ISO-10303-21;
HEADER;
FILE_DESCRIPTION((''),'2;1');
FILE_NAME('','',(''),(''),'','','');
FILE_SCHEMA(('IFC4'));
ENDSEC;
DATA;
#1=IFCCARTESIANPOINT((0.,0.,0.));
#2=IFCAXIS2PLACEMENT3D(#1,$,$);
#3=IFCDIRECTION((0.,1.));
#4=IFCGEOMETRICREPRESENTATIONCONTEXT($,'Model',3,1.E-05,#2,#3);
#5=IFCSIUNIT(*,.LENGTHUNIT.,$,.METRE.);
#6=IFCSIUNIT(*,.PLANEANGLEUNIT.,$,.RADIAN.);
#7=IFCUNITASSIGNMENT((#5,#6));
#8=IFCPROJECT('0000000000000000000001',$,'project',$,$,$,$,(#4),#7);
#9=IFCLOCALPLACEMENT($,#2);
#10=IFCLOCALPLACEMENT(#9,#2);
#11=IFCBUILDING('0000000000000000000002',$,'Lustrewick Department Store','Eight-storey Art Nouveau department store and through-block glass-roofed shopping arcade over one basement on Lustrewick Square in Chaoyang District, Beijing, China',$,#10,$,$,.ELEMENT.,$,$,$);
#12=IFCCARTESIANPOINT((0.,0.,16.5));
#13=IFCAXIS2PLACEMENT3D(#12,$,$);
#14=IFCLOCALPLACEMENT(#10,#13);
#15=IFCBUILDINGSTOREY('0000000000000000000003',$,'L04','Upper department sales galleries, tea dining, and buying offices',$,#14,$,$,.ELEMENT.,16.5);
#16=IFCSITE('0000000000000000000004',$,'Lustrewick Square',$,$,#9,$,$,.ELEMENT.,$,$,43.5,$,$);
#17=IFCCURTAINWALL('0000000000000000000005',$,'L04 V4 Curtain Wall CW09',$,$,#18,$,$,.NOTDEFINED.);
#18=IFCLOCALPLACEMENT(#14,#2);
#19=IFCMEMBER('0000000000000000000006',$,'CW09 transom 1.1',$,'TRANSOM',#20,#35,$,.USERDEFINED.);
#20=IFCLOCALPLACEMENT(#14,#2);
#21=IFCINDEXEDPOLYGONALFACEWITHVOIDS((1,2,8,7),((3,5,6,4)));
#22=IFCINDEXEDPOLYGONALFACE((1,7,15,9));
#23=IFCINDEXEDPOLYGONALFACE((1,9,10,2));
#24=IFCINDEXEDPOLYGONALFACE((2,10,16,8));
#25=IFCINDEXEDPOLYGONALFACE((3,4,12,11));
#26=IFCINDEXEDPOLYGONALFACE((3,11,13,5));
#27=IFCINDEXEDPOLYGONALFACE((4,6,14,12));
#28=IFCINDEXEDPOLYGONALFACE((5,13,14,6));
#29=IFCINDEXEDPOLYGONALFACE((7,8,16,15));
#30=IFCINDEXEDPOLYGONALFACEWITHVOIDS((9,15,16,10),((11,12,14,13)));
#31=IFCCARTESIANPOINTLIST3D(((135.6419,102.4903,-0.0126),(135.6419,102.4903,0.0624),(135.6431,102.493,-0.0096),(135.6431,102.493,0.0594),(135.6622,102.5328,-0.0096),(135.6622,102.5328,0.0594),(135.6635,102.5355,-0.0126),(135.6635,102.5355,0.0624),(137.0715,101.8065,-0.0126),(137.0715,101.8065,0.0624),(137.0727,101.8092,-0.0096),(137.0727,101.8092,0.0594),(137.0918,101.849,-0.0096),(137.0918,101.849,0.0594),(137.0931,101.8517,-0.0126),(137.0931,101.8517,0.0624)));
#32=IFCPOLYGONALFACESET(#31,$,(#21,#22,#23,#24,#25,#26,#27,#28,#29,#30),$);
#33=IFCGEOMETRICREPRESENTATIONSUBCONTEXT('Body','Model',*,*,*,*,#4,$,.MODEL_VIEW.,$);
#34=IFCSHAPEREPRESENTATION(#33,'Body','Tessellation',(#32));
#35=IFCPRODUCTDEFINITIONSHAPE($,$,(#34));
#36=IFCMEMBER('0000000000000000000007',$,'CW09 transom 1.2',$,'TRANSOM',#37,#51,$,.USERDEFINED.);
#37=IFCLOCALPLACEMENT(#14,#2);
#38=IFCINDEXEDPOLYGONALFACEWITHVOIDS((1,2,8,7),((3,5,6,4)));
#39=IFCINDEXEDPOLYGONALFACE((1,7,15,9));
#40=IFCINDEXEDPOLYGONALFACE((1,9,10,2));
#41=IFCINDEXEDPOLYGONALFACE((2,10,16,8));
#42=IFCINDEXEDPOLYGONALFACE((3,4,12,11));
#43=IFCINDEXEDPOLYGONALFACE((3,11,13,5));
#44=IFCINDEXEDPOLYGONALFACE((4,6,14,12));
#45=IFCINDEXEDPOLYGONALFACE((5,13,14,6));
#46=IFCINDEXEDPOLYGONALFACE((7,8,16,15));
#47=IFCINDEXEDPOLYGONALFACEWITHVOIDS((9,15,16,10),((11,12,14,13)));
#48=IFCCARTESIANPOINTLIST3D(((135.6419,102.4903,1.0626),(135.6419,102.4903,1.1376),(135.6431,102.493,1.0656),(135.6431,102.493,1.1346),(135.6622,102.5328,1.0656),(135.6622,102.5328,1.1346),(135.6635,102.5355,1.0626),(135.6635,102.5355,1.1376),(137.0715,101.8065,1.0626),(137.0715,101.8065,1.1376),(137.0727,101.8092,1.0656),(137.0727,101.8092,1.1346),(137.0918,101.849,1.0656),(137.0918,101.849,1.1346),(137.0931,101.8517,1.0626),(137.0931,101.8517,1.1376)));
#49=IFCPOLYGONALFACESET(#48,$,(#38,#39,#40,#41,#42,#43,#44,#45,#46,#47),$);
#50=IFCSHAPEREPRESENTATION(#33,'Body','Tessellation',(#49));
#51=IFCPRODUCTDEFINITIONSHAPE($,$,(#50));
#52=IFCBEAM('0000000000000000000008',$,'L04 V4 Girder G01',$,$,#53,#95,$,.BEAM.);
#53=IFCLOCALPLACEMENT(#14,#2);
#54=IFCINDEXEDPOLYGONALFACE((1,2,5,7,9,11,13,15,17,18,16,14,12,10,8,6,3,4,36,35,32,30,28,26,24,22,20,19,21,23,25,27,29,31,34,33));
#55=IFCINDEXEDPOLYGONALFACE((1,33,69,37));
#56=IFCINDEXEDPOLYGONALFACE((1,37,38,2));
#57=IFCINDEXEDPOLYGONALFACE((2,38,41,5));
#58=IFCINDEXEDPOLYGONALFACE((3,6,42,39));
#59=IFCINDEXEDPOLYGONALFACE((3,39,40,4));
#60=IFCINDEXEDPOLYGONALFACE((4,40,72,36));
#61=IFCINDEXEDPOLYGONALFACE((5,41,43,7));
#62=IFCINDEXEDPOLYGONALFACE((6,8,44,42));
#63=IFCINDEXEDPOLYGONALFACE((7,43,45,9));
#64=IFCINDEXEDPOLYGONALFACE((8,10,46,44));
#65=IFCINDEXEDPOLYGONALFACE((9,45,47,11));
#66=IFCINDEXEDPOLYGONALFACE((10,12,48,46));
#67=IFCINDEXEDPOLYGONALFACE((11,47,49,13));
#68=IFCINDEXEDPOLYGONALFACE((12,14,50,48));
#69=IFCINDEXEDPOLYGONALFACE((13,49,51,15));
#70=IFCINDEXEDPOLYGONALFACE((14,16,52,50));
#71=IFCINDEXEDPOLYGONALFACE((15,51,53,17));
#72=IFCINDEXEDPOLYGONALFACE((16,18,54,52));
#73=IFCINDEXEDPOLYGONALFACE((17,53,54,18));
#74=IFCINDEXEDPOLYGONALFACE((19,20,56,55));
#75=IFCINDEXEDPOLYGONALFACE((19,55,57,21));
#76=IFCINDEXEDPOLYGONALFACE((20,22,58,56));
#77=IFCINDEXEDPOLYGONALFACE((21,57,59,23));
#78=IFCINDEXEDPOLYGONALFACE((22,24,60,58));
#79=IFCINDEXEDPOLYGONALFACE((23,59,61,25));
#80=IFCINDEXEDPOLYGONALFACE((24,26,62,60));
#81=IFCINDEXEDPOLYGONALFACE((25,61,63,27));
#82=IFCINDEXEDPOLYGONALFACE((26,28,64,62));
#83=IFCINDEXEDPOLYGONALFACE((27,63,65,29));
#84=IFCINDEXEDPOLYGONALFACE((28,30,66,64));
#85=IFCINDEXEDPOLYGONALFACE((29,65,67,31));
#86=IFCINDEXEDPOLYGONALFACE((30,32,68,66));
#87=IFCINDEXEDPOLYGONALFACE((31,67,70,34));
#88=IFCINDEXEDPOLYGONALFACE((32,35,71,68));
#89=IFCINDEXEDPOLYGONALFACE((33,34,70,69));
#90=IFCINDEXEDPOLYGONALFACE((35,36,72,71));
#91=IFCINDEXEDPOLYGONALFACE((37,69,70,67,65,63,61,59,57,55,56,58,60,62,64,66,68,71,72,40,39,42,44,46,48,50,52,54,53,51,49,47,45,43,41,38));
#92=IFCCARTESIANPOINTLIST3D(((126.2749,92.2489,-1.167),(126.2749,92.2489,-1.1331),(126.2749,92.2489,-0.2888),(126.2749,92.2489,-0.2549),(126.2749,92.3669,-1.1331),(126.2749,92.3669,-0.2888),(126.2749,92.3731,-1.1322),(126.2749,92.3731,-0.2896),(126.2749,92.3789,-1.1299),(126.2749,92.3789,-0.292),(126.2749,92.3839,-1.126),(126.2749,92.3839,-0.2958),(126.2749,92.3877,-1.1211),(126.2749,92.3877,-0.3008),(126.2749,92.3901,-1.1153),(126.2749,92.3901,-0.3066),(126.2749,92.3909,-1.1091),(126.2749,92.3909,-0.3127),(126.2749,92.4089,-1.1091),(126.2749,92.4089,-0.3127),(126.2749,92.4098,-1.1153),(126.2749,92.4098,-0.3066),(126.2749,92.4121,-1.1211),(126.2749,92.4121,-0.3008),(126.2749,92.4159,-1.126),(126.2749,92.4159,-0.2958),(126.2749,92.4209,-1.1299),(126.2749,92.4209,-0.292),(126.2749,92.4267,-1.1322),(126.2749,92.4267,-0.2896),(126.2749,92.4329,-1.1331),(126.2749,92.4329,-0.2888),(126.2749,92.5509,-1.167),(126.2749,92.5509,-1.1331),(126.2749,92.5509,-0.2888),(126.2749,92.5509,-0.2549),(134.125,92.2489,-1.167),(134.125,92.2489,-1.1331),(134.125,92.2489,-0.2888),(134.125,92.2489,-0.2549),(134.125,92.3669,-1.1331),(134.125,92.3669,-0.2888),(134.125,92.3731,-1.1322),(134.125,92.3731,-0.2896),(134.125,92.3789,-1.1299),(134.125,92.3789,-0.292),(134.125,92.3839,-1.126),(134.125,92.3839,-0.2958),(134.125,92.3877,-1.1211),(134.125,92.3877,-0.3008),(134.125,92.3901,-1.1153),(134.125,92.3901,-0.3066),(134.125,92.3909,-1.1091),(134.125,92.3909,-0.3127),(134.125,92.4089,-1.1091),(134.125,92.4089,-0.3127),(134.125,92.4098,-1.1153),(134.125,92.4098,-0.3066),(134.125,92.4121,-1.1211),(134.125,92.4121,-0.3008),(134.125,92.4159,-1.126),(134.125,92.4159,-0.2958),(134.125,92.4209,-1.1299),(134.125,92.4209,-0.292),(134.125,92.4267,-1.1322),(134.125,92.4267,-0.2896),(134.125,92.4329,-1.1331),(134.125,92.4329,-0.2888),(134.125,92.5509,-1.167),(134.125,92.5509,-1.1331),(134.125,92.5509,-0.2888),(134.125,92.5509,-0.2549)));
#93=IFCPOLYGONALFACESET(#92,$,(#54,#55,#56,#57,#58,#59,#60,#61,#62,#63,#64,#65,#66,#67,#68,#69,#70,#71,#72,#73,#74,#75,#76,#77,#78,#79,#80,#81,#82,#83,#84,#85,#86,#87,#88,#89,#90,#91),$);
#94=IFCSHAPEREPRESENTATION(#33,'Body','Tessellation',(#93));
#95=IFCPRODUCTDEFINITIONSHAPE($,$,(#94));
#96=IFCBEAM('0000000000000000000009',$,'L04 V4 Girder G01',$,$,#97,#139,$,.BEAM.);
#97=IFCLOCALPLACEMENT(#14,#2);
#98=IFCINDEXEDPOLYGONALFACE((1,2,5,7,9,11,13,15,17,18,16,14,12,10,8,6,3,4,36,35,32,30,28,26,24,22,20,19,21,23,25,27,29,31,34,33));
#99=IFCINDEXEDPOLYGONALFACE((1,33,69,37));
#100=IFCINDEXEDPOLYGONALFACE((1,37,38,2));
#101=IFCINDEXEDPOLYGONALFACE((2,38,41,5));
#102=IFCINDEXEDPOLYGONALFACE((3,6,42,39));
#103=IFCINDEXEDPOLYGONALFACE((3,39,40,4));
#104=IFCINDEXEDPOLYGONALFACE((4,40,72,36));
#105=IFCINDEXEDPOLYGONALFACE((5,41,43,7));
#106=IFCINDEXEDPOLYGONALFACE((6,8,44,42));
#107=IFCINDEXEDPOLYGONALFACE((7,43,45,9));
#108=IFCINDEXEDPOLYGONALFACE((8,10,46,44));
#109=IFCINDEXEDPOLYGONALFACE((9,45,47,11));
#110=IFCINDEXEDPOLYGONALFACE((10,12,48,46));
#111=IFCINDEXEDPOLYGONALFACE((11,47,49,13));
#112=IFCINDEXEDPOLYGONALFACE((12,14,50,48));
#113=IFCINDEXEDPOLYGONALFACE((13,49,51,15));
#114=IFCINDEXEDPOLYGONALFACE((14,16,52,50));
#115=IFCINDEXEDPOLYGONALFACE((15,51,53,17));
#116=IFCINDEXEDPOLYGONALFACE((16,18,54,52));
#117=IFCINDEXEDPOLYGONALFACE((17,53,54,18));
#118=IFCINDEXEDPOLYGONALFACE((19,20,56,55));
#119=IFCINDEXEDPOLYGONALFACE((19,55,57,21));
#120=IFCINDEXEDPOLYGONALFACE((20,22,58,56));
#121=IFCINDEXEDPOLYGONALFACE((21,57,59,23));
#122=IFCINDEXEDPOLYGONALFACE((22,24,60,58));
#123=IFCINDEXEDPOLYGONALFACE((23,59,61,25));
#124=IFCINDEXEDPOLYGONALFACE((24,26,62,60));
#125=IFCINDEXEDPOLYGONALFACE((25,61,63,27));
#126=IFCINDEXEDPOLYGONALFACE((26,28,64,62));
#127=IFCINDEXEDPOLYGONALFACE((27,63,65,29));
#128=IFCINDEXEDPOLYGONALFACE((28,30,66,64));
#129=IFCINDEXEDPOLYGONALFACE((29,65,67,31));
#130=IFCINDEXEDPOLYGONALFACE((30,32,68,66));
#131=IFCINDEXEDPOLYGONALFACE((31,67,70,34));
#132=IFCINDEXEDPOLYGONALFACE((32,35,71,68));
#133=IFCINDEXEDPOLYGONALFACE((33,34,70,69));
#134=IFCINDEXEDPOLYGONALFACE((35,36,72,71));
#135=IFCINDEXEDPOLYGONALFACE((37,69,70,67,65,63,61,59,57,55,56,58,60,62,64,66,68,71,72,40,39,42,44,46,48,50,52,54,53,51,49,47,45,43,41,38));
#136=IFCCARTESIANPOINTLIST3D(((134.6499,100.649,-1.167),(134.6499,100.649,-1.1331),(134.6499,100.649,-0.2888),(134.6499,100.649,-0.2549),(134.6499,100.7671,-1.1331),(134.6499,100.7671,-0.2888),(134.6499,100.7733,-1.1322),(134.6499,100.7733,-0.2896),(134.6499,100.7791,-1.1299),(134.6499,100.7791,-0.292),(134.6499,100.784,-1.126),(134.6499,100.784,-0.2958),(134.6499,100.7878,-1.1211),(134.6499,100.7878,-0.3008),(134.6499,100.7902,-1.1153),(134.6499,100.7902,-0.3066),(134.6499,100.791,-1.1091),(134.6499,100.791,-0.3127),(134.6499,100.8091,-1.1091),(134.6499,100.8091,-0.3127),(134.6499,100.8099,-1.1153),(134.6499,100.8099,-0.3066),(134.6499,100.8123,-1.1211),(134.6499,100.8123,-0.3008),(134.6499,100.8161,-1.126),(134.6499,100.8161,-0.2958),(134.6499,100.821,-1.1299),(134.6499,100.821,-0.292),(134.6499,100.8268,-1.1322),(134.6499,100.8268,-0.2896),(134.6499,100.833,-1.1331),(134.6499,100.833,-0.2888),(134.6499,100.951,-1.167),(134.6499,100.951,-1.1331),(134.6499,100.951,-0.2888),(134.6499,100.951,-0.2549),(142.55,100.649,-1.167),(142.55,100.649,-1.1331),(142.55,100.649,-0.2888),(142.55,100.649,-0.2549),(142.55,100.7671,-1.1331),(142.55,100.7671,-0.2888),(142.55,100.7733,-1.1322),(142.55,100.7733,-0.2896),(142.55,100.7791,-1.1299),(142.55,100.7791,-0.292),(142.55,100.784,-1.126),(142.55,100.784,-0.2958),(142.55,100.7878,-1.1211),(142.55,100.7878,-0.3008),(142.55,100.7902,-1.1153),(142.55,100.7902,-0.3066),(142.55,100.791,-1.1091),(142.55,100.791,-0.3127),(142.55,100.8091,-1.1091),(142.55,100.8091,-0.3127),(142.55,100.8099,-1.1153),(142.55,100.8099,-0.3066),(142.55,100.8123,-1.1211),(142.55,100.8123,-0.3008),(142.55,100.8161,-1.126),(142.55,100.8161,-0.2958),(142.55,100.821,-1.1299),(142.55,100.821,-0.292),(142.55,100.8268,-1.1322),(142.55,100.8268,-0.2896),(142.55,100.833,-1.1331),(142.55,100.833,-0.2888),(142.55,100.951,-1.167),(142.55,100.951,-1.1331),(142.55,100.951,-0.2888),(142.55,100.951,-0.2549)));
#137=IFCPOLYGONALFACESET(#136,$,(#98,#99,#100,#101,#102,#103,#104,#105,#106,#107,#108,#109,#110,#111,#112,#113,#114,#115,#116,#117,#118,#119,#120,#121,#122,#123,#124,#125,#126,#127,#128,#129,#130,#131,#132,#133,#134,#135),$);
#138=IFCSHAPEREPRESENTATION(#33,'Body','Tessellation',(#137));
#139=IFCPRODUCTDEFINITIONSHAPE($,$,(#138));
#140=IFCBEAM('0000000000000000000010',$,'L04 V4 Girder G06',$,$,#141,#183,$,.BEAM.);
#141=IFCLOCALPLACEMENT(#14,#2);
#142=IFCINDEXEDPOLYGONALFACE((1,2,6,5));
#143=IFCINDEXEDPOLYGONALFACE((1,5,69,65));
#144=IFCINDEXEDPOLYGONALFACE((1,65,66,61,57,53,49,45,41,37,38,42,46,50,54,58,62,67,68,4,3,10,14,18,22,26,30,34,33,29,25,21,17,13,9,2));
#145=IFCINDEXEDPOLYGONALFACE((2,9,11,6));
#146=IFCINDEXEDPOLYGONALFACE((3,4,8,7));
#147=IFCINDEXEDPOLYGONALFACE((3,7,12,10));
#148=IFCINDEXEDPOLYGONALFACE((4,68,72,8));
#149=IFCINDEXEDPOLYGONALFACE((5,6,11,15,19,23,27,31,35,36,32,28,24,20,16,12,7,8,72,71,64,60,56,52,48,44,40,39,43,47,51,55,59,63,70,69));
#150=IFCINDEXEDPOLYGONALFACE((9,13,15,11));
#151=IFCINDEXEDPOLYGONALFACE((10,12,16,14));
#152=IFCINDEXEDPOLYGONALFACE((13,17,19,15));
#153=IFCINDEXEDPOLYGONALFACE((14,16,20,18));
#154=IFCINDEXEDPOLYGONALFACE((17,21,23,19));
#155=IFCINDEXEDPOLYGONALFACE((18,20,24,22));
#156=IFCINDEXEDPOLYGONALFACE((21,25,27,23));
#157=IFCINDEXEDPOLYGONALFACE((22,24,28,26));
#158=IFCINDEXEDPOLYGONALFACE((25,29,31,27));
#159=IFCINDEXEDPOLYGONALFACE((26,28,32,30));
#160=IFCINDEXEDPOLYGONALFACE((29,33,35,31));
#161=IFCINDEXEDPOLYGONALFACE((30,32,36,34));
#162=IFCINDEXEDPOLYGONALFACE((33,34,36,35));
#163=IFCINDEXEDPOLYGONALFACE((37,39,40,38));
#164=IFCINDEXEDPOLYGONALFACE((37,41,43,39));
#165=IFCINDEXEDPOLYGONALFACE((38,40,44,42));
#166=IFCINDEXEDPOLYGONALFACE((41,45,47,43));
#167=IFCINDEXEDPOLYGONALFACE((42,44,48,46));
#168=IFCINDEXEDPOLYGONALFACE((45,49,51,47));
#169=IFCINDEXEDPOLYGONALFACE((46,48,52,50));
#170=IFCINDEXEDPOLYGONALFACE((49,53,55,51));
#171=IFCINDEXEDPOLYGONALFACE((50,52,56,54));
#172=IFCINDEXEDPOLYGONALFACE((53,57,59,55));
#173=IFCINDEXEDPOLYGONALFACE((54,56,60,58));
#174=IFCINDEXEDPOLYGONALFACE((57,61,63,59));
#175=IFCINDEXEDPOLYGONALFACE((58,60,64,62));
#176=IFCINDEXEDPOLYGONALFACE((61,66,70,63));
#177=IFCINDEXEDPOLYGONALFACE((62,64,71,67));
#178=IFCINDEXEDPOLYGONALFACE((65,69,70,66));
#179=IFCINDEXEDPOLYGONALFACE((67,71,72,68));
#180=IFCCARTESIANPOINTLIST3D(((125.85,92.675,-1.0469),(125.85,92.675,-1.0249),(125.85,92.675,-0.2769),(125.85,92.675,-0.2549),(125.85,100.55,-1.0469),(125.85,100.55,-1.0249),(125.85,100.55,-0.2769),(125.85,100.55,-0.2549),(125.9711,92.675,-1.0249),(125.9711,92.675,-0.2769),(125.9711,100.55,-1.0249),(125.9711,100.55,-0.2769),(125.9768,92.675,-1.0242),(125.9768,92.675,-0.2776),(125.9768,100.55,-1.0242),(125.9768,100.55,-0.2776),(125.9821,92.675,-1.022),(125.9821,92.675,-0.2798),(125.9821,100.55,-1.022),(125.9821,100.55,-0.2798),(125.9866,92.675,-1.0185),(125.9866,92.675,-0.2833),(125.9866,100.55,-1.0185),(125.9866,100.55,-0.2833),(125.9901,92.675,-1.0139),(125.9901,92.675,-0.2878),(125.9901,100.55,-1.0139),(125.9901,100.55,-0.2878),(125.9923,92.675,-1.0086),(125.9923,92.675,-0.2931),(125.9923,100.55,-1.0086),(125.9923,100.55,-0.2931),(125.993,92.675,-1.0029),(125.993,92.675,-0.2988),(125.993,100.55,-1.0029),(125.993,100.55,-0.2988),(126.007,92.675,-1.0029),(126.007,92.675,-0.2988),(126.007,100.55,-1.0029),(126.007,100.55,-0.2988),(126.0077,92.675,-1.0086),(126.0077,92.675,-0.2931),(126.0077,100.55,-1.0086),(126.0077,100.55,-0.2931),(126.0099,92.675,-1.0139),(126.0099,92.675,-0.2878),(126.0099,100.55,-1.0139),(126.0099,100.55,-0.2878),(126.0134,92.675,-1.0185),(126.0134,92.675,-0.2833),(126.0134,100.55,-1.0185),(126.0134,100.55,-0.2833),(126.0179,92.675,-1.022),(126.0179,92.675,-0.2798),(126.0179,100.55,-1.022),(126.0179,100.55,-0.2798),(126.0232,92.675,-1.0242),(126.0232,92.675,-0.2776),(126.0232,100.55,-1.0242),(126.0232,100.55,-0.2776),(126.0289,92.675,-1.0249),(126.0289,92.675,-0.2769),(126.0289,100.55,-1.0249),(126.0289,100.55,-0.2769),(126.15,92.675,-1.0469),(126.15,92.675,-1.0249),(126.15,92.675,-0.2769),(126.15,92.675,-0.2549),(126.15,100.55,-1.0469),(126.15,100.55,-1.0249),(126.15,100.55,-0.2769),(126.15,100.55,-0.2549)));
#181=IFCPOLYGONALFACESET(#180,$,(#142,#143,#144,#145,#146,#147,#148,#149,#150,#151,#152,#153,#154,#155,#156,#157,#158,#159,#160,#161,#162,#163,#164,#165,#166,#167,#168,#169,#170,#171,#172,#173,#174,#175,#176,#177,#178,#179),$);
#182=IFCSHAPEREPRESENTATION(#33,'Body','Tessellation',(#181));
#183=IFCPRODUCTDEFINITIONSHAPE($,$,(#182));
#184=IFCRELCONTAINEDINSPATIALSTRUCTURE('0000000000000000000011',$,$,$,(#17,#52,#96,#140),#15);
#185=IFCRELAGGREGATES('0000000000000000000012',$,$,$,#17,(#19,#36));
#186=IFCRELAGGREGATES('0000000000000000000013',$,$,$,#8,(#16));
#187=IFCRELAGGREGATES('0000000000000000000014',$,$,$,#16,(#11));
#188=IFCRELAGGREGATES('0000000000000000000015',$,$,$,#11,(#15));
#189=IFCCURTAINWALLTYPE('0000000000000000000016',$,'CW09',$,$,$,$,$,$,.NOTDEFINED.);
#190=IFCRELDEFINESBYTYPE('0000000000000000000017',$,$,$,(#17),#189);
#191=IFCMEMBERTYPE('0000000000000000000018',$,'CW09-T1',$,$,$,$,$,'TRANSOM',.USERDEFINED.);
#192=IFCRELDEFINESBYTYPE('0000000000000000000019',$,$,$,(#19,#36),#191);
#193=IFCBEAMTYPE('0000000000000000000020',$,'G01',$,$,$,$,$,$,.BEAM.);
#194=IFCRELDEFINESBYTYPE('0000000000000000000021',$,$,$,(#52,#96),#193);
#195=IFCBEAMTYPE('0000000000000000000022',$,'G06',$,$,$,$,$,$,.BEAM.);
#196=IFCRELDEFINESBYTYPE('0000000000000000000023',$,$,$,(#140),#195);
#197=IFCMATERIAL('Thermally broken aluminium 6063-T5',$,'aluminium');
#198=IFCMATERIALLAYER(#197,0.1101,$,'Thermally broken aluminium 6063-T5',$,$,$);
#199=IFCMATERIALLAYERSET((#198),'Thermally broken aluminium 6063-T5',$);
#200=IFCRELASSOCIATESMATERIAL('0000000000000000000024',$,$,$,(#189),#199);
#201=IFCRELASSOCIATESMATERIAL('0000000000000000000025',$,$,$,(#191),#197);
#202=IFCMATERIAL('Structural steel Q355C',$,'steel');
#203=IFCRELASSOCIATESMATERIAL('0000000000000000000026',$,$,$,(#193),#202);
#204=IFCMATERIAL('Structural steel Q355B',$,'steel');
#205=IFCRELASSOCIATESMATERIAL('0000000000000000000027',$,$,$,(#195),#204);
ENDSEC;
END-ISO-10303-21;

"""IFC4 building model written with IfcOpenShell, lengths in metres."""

from ifc_helpers import new_model, si_unit, direction, frame, origin, origin_2d, place, context, subcontext, project, spatial, hollow_rectangle, i_section, extrude, material, layer, layer_set, material_profile, profile_set, type_object, element, aggregate, save


model = new_model("IFC4")

# Units and contexts
model_context = context("Model", 3, precision=1e-05, world=origin(), true_north=direction((0.0, 1.0)))
body_context = subcontext(model_context, "Body", "Model", "MODEL_VIEW")
ifc_project = project(units=[si_unit("LENGTHUNIT", "METRE"), si_unit("PLANEANGLEUNIT", "RADIAN")], contexts=[model_context])

# Site, building, storey
site_placement = place(None, origin())
site = spatial("IfcSite", under=ifc_project, at=site_placement, Name="Lustrewick Square", CompositionType="ELEMENT", RefElevation=43.5)
building_placement = place(site_placement, origin())
building = spatial("IfcBuilding", under=site, at=building_placement, Name="Lustrewick Department Store", Description="Eight-storey Art Nouveau department store and through-block glass-roofed shopping arcade over one basement on Lustrewick Square in Chaoyang District, Beijing, China", CompositionType="ELEMENT")
storey_placement = place(building_placement, frame((0.0, 0.0, 16.5)))
storey = spatial("IfcBuildingStorey", under=building, at=storey_placement, Name="L04", Description="Upper department sales galleries, tea dining, and buying offices", CompositionType="ELEMENT", Elevation=16.5)

# Shared definitions
ifc_material_1 = material(Name="Structural steel Q355B", Category="steel")

# Shared definitions
ifc_material_2 = material(Name="Thermally broken aluminium 6063-T5", Category="aluminium")

# Curtain wall, members
ifc_layer_1 = layer(ifc_material_2, 0.1101, Name="Thermally broken aluminium 6063-T5")
ifc_layer_set_1 = layer_set([ifc_layer_1], Name="Thermally broken aluminium 6063-T5")
curtain_wall_type_1 = type_object("IfcCurtainWallType", Name="CW09", PredefinedType="NOTDEFINED", material=ifc_layer_set_1)
curtain_wall_1_placement = place(storey_placement, origin())
curtain_wall_1 = element("IfcCurtainWall", 1, at=curtain_wall_1_placement, inside=storey, type_object=curtain_wall_type_1, Name="L04 V4 Curtain Wall CW09", PredefinedType="NOTDEFINED")
ifc_material_profile_1 = material_profile(ifc_material_2, hollow_rectangle(XDim=0.05, YDim=0.075, WallThickness=0.0029, at=origin_2d()), Name="ALU-T 50x75x3")
ifc_profile_set_1 = profile_set([ifc_material_profile_1], Name="Thermally broken aluminium 6063-T5")
member_type_1 = type_object("IfcMemberType", Name="CW09-T1", ElementType="TRANSOM", PredefinedType="USERDEFINED", material=ifc_profile_set_1)
member_1_placement = place(storey_placement, frame((137.0823, 101.8291, 0.0249), z_axis=(-0.902116, 0.431494, 0.0), x_axis=(-0.431494, -0.902116, 0.0)))
member_1 = element("IfcMember", 2, at=member_1_placement, type_object=member_type_1, Name="CW09 transom 1.1", ObjectType="TRANSOM", PredefinedType="USERDEFINED", context=body_context, shape_type="SweptSolid", body=[
    extrude(hollow_rectangle(XDim=0.05, YDim=0.075, WallThickness=0.0029, at=origin_2d()), origin(), (0.0, 0.0, 1.0), 1.5847),
])
member_2_placement = place(storey_placement, frame((137.0823, 101.8291, 1.1001), z_axis=(-0.902116, 0.431494, 0.0), x_axis=(-0.431494, -0.902116, 0.0)))
member_2 = element("IfcMember", 3, at=member_2_placement, type_object=member_type_1, Name="CW09 transom 1.2", ObjectType="TRANSOM", PredefinedType="USERDEFINED", context=body_context, shape_type="SweptSolid", body=[
    extrude(hollow_rectangle(XDim=0.05, YDim=0.075, WallThickness=0.0029, at=origin_2d()), origin(), (0.0, 0.0, 1.0), 1.5847),
])
aggregate(curtain_wall_1, [member_1, member_2])

# Beams
ifc_material_3 = material(Name="Structural steel Q355C", Category="steel")
ifc_material_profile_2 = material_profile(ifc_material_3, i_section(OverallWidth=0.302, OverallDepth=0.9121, WebThickness=0.0181, FlangeThickness=0.0339, FilletRadius=0.0239, at=origin_2d()), Name="HN 912x302x18x34")
ifc_profile_set_2 = profile_set([ifc_material_profile_2], Name="Structural steel Q355C")
beam_type_1 = type_object("IfcBeamType", Name="G01", PredefinedType="BEAM", material=ifc_profile_set_2)
beam_1_placement = place(storey_placement, frame((126.2749, 92.3999, -0.7109), z_axis=(1.0, 0.0, 0.0), x_axis=(0.0, 1.0, 0.0)))
element("IfcBeam", 4, at=beam_1_placement, inside=storey, type_object=beam_type_1, Name="L04 V4 Girder G01", PredefinedType="BEAM", context=body_context, shape_type="SweptSolid", body=[
    extrude(i_section(OverallWidth=0.302, OverallDepth=0.9121, WebThickness=0.0181, FlangeThickness=0.0339, FilletRadius=0.0239, at=origin_2d()), origin(), (0.0, 0.0, 1.0), 7.8501),
])
beam_2_placement = place(storey_placement, frame((134.6499, 100.8, -0.7109), z_axis=(1.0, 0.0, 0.0), x_axis=(0.0, 1.0, 0.0)))
element("IfcBeam", 5, at=beam_2_placement, inside=storey, type_object=beam_type_1, Name="L04 V4 Girder G01", PredefinedType="BEAM", context=body_context, shape_type="SweptSolid", body=[
    extrude(i_section(OverallWidth=0.302, OverallDepth=0.9121, WebThickness=0.0181, FlangeThickness=0.0339, FilletRadius=0.0239, at=origin_2d()), origin(), (0.0, 0.0, 1.0), 7.9001),
])
ifc_material_profile_3 = material_profile(ifc_material_1, i_section(OverallWidth=0.3, OverallDepth=0.792, WebThickness=0.0139, FlangeThickness=0.022, FilletRadius=0.022, at=origin_2d()), Name="HN 792x300x14x22")
ifc_profile_set_3 = profile_set([ifc_material_profile_3], Name="Structural steel Q355B")
beam_type_2 = type_object("IfcBeamType", Name="G06", PredefinedType="BEAM", material=ifc_profile_set_3)
beam_3_placement = place(storey_placement, frame((126.0, 92.675, -0.6509), z_axis=(0.0, 1.0, 0.0), x_axis=(-1.0, 0.0, 0.0)))
element("IfcBeam", 6, at=beam_3_placement, inside=storey, type_object=beam_type_2, Name="L04 V4 Girder G06", PredefinedType="BEAM", context=body_context, shape_type="SweptSolid", body=[
    extrude(i_section(OverallWidth=0.3, OverallDepth=0.792, WebThickness=0.0139, FlangeThickness=0.022, FilletRadius=0.022, at=origin_2d()), origin(), (0.0, 0.0, 1.0), 7.875),
])

save(model, "model.ifc")
